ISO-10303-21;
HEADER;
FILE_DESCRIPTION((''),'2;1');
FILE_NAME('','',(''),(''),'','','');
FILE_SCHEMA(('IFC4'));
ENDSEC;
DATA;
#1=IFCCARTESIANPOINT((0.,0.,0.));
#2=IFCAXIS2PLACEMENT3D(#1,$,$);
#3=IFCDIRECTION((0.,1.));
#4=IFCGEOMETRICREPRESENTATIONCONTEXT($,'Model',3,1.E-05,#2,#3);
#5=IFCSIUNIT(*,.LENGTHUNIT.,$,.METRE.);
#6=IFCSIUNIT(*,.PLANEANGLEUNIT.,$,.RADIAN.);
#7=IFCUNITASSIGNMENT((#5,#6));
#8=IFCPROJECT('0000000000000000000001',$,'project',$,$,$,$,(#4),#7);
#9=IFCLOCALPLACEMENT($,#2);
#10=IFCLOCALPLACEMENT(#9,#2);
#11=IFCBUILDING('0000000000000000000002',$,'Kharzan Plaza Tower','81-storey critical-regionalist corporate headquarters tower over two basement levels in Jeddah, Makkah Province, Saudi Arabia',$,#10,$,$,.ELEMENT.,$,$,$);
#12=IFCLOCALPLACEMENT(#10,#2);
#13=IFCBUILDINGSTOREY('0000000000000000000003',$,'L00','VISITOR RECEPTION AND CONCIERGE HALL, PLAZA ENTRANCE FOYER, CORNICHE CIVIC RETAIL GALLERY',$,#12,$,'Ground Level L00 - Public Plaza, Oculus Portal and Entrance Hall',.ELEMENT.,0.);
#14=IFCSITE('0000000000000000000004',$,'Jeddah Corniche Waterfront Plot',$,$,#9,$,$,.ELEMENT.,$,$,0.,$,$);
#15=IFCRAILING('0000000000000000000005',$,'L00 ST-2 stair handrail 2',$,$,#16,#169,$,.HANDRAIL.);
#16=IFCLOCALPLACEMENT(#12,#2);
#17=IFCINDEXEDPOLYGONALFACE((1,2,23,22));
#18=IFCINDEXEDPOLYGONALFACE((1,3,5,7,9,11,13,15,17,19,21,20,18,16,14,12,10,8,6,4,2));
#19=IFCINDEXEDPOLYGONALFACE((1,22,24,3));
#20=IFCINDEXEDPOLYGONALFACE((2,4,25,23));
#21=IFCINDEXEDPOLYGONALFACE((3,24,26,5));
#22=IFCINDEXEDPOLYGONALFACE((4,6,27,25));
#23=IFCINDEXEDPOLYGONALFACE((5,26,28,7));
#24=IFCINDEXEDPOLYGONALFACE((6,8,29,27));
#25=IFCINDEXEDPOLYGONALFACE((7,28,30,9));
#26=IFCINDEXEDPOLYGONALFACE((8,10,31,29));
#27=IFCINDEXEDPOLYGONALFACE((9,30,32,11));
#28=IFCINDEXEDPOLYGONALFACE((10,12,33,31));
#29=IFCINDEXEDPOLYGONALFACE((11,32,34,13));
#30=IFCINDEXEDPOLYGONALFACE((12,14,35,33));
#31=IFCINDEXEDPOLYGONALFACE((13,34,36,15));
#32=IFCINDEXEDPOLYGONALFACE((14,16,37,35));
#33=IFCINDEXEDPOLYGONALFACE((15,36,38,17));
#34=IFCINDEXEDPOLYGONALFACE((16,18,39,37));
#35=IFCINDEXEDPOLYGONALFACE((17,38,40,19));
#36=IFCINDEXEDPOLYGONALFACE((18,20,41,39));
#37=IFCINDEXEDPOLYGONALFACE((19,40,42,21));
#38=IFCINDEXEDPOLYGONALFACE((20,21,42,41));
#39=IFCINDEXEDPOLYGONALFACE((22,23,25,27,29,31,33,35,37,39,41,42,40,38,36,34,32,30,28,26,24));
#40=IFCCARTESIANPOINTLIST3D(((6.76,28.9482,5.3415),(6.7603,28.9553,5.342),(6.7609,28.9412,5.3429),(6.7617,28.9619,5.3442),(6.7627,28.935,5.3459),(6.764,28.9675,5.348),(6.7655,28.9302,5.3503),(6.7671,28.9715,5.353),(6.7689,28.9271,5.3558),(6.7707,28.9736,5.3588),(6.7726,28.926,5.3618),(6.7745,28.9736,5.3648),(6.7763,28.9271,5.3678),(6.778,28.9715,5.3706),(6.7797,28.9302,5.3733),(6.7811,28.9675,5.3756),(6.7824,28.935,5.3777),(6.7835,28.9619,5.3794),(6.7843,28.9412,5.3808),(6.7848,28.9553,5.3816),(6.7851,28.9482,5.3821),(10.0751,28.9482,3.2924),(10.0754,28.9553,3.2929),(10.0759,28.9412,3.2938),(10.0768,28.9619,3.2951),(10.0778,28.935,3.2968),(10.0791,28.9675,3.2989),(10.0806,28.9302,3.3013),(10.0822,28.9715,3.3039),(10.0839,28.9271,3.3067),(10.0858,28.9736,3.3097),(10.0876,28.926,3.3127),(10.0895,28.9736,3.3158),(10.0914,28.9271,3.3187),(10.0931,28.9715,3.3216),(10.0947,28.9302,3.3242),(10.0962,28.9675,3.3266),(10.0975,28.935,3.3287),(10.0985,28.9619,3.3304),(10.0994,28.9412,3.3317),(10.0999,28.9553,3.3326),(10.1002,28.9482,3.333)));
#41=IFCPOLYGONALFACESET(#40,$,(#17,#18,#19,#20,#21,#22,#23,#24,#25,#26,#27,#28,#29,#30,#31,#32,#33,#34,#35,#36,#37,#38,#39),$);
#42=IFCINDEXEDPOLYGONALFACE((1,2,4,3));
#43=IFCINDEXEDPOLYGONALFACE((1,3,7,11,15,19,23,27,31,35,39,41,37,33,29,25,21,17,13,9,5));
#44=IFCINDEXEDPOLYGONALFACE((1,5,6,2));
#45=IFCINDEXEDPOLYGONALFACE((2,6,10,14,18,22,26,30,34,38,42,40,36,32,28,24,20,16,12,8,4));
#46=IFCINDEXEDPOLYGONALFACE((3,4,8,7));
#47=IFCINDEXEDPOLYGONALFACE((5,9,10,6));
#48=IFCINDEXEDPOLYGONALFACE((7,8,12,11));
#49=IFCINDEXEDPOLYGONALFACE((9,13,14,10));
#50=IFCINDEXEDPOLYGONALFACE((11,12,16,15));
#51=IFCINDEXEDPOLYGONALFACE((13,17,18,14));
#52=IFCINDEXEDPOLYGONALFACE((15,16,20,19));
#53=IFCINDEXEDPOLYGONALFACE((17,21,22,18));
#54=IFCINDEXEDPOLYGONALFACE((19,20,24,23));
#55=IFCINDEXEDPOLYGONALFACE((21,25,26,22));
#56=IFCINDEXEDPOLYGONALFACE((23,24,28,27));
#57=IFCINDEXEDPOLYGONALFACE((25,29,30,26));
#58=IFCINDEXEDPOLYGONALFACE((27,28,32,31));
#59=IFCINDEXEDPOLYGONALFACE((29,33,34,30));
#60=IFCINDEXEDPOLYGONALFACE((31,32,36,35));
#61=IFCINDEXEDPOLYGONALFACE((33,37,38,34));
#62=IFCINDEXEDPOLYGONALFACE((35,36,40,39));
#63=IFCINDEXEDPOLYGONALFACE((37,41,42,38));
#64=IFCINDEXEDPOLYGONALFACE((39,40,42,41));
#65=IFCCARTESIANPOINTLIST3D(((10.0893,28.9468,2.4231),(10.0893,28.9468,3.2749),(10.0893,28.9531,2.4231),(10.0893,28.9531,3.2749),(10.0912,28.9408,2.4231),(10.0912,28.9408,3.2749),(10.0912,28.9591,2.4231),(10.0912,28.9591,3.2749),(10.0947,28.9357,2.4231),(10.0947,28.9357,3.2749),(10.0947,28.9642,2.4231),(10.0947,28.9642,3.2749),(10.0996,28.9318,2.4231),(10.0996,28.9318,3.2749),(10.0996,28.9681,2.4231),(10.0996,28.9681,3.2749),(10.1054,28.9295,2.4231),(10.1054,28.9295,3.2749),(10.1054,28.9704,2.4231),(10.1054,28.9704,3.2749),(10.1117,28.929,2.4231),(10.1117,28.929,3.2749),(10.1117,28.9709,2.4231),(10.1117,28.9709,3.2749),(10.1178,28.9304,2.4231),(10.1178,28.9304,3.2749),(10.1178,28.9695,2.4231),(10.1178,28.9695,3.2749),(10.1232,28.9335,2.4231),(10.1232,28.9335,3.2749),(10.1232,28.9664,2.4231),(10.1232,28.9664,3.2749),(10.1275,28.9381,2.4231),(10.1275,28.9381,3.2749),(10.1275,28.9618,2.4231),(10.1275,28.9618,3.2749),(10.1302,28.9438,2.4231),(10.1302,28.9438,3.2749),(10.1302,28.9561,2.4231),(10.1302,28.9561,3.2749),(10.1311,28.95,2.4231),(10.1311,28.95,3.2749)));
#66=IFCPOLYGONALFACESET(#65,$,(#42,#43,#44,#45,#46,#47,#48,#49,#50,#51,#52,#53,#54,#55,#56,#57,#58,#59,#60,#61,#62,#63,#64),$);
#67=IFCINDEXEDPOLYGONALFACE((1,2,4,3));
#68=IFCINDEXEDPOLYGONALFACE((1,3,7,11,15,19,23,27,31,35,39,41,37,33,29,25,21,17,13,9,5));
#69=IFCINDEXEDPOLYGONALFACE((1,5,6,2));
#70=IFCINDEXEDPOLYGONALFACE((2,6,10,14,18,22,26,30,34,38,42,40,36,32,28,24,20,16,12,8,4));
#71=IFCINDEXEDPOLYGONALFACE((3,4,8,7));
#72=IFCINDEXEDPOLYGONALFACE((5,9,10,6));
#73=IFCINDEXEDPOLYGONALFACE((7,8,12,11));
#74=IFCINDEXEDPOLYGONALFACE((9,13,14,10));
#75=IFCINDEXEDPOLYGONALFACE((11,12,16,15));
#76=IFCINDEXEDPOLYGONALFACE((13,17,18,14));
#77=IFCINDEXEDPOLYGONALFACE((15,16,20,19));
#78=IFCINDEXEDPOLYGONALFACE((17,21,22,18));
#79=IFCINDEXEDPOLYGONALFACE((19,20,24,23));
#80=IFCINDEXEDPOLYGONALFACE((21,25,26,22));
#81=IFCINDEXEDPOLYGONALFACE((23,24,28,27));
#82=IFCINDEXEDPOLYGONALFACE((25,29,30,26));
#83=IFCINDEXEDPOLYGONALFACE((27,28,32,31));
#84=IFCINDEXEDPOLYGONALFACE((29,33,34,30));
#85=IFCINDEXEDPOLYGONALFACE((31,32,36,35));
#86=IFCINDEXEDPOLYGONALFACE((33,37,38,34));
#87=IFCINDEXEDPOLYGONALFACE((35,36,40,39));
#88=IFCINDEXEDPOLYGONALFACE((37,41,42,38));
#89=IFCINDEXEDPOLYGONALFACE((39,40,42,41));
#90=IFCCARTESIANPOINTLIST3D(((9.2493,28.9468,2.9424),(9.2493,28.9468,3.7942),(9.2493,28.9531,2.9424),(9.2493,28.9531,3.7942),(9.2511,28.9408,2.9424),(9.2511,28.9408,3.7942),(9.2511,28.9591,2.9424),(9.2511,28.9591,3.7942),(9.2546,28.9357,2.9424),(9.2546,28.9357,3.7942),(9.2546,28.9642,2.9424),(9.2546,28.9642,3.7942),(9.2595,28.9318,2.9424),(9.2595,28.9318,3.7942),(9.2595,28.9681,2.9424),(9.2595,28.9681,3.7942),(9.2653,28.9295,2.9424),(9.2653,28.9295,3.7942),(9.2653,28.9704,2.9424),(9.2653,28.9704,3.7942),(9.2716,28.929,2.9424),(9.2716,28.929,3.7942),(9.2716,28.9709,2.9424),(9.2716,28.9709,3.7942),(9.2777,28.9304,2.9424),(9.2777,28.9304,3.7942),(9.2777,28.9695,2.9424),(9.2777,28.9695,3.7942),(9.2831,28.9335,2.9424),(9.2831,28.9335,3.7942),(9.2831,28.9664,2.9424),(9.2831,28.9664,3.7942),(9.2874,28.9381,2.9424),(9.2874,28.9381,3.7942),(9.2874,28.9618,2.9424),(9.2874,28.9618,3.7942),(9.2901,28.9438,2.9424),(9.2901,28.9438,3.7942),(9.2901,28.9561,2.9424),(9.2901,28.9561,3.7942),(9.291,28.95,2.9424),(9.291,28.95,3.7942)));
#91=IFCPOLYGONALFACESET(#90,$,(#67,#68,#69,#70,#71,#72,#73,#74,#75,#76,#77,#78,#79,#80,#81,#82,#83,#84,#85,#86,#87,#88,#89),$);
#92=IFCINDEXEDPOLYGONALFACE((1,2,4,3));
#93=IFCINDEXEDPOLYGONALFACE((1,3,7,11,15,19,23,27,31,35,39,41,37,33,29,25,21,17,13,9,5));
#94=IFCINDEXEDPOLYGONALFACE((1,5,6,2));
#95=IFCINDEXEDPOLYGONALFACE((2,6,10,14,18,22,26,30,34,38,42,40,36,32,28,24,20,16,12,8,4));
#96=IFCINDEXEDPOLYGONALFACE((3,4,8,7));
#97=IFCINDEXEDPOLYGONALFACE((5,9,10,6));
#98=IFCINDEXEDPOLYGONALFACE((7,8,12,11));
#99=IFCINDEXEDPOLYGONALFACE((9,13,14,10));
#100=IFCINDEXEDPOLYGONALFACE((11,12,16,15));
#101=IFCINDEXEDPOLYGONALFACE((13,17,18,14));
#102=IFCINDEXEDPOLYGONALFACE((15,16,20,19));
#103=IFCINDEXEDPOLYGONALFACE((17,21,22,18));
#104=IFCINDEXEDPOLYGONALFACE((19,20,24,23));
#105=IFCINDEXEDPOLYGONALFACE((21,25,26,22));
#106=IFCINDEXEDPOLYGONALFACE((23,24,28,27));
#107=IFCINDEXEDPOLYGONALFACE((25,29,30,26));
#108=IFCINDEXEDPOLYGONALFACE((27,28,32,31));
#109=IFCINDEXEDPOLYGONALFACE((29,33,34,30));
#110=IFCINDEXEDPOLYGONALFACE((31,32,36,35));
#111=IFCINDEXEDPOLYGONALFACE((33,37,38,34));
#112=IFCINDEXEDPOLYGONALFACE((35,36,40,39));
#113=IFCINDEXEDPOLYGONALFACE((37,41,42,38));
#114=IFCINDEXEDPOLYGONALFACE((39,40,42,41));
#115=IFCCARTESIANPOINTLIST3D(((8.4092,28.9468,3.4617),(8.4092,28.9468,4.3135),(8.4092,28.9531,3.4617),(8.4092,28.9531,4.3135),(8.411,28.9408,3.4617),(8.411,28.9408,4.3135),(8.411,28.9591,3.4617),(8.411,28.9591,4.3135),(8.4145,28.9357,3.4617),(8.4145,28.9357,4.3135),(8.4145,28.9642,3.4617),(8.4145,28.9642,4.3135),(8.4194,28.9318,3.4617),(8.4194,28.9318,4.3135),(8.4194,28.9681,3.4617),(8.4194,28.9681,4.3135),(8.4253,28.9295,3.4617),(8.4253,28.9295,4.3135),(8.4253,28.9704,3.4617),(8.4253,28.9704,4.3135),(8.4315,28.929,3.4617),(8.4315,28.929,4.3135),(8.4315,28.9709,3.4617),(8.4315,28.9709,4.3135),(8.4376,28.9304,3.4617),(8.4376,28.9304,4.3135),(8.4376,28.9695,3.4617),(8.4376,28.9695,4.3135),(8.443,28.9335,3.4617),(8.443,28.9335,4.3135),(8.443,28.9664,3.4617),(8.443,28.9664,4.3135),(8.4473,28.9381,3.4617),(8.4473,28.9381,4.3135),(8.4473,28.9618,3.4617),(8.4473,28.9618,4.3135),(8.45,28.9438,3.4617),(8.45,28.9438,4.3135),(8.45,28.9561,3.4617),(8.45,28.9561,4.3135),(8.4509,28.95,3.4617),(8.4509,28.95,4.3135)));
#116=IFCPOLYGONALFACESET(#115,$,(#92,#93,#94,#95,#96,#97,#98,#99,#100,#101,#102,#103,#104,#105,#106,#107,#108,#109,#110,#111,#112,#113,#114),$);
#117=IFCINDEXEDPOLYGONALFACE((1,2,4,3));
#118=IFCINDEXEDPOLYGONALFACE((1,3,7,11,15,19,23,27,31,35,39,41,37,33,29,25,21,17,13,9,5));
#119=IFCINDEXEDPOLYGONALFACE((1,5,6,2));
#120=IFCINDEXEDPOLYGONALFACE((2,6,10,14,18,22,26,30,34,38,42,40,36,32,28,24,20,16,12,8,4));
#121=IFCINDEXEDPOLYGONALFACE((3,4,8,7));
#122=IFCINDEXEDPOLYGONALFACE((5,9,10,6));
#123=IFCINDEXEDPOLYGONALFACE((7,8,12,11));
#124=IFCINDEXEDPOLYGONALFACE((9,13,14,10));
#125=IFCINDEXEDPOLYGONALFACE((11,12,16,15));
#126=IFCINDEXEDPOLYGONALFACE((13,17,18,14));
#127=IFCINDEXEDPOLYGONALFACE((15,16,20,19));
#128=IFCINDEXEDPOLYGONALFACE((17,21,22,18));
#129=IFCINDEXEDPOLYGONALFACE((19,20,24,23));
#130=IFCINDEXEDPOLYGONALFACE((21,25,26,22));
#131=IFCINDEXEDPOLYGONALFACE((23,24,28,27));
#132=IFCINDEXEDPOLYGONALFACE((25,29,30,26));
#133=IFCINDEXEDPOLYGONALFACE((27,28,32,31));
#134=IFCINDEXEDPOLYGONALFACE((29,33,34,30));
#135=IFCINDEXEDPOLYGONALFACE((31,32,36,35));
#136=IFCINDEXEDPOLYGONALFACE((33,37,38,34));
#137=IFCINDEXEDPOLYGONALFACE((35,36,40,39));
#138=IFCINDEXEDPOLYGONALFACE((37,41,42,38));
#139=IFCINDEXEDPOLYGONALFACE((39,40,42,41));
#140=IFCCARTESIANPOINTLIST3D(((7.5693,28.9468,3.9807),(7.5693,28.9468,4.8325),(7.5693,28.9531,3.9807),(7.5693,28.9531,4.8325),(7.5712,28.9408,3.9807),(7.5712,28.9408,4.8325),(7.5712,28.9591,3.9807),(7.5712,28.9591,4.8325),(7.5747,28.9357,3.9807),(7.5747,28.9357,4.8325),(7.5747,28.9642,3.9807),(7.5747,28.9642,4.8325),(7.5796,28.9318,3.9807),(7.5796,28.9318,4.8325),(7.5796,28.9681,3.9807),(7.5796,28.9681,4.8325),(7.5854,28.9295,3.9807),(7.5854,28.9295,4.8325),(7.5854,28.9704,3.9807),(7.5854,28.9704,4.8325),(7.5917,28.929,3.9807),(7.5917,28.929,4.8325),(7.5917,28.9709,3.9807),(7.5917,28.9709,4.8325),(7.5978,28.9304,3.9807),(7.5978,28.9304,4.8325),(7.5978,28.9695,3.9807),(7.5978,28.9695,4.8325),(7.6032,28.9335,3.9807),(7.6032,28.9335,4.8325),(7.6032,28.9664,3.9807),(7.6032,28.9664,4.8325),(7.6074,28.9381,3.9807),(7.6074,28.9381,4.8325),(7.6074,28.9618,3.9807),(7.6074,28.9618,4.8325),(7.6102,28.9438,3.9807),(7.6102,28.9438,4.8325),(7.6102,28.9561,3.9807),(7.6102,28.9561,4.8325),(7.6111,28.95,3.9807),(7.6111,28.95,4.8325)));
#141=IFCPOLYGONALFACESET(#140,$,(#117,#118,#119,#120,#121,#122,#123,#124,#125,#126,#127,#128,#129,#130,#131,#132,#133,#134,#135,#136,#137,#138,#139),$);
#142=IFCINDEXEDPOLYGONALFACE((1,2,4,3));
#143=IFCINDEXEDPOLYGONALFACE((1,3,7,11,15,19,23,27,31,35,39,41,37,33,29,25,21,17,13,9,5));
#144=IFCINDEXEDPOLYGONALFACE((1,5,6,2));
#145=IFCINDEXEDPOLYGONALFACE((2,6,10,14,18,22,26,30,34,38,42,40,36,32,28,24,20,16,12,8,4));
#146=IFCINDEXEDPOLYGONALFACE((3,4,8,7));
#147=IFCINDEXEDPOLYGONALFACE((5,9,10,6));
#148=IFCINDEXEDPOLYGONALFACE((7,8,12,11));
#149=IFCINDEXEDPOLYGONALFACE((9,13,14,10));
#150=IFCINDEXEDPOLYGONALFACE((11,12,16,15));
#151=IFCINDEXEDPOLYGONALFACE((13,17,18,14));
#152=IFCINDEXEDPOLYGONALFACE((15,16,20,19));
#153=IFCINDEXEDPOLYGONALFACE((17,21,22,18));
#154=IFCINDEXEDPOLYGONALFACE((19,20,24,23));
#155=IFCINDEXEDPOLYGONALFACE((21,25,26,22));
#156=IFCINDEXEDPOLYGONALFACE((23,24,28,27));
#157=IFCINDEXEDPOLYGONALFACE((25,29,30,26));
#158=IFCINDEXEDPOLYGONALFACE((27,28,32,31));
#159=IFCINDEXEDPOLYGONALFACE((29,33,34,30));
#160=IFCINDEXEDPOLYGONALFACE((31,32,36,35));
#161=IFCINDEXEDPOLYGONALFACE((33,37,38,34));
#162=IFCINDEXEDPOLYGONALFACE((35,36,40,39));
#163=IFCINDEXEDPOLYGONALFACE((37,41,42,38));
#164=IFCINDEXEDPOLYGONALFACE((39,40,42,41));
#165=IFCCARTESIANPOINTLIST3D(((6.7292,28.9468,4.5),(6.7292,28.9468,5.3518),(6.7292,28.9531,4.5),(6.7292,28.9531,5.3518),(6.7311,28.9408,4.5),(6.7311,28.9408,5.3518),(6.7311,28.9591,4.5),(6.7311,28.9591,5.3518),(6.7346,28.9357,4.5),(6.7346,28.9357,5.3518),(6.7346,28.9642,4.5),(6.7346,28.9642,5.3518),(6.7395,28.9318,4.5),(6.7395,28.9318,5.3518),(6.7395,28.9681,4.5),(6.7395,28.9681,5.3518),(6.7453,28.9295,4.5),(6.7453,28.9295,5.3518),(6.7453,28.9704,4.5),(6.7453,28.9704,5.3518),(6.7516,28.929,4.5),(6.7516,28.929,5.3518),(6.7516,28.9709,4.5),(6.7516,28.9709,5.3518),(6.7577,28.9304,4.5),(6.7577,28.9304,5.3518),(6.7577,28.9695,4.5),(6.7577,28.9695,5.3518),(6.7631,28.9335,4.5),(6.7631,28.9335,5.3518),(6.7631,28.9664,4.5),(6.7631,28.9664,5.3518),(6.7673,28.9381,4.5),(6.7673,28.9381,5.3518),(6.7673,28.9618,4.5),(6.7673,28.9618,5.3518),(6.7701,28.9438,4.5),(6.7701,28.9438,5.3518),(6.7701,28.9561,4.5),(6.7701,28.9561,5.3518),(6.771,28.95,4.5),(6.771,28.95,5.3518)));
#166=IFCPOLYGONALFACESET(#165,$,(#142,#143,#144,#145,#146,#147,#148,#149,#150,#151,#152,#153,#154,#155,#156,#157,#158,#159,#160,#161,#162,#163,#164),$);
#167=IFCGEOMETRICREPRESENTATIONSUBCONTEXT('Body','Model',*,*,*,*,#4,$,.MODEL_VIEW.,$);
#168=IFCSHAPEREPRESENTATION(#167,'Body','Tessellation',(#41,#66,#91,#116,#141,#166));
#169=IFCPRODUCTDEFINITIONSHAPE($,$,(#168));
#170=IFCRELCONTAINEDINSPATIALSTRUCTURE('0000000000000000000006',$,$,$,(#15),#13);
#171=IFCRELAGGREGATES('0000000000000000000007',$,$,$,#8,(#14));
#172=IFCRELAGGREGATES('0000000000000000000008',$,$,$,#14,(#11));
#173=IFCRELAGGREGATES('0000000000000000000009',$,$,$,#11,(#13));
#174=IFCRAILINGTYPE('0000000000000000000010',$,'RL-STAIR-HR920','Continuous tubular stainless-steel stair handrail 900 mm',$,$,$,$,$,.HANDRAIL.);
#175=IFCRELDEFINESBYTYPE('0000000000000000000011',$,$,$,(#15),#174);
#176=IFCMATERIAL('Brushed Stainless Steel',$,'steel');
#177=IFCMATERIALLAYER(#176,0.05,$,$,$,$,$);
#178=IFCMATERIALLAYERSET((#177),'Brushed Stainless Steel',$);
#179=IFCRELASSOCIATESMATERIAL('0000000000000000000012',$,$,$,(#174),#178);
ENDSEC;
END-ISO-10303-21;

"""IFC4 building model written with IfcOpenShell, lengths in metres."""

from ifc_helpers import new_model, si_unit, direction, frame, origin, origin_2d, place, context, subcontext, project, spatial, circle, extrude, source, transform, mapped, material, layer, layer_set, type_object, element, save


model = new_model("IFC4")

# Units and contexts
model_context = context("Model", 3, precision=1e-05, world=origin(), true_north=direction((0.0, 1.0)))
body_context = subcontext(model_context, "Body", "Model", "MODEL_VIEW")
ifc_project = project(units=[si_unit("LENGTHUNIT", "METRE"), si_unit("PLANEANGLEUNIT", "RADIAN")], contexts=[model_context])

# Site, building, storey
site_placement = place(None, origin())
site = spatial("IfcSite", under=ifc_project, at=site_placement, Name="Jeddah Corniche Waterfront Plot", CompositionType="ELEMENT", RefElevation=0.0)
building_placement = place(site_placement, origin())
building = spatial("IfcBuilding", under=site, at=building_placement, Name="Kharzan Plaza Tower", Description="81-storey critical-regionalist corporate headquarters tower over two basement levels in Jeddah, Makkah Province, Saudi Arabia", CompositionType="ELEMENT")
storey_placement = place(building_placement, origin())
storey = spatial("IfcBuildingStorey", under=building, at=storey_placement, Name="L00", Description="VISITOR RECEPTION AND CONCIERGE HALL, PLAZA ENTRANCE FOYER, CORNICHE CIVIC RETAIL GALLERY", LongName="Ground Level L00 - Public Plaza, Oculus Portal and Entrance Hall", CompositionType="ELEMENT", Elevation=0.0)

# Railing
ifc_material_1 = material(Name="Brushed Stainless Steel", Category="steel")
ifc_layer_1 = layer(ifc_material_1, 0.05)
ifc_layer_set_1 = layer_set([ifc_layer_1], Name="Brushed Stainless Steel")
railing_type_1 = type_object("IfcRailingType", Name="RL-STAIR-HR920", Description="Continuous tubular stainless-steel stair handrail 900 mm", PredefinedType="HANDRAIL", material=ifc_layer_set_1)
shared_shape_1 = source(origin(), body_context, "Body", "SweptSolid", [
    extrude(circle(Radius=0.0239, at=origin_2d()), frame((-0.0225, 0.0, 0.8896), z_axis=(-0.850623, 0.0, 0.525776), x_axis=(0.0, -1.0, 0.0)), (0.0, 0.0, 1.0), 3.8972),
    extrude(circle(Radius=0.021, at=origin_2d()), origin(), (0.0, 0.0, 1.0), 0.8518),
    extrude(circle(Radius=0.021, at=origin_2d()), frame((-0.8401, 0.0, 0.5193)), (0.0, 0.0, 1.0), 0.8518),
    extrude(circle(Radius=0.021, at=origin_2d()), frame((-1.6802, 0.0, 1.0386)), (0.0, 0.0, 1.0), 0.8518),
    extrude(circle(Radius=0.021, at=origin_2d()), frame((-2.52, 0.0, 1.5576)), (0.0, 0.0, 1.0), 0.8518),
    extrude(circle(Radius=0.021, at=origin_2d()), frame((-3.3601, 0.0, 2.0769)), (0.0, 0.0, 1.0), 0.8518),
])
railing_1_placement = place(storey_placement, frame((10.1101, 28.95, 2.4231)))
element("IfcRailing", 1, at=railing_1_placement, inside=storey, type_object=railing_type_1, Name="L00 ST-2 stair handrail 2", PredefinedType="HANDRAIL", context=body_context, shape_type="MappedRepresentation", body=[
    mapped(shared_shape_1, transform((0.0, 0.0, 0.0), x_axis=(1.0, 0.0, 0.0), y_axis=(0.0, 1.0, 0.0), z_axis=(0.0, 0.0, 1.0))),
])

save(model, "model.ifc")
